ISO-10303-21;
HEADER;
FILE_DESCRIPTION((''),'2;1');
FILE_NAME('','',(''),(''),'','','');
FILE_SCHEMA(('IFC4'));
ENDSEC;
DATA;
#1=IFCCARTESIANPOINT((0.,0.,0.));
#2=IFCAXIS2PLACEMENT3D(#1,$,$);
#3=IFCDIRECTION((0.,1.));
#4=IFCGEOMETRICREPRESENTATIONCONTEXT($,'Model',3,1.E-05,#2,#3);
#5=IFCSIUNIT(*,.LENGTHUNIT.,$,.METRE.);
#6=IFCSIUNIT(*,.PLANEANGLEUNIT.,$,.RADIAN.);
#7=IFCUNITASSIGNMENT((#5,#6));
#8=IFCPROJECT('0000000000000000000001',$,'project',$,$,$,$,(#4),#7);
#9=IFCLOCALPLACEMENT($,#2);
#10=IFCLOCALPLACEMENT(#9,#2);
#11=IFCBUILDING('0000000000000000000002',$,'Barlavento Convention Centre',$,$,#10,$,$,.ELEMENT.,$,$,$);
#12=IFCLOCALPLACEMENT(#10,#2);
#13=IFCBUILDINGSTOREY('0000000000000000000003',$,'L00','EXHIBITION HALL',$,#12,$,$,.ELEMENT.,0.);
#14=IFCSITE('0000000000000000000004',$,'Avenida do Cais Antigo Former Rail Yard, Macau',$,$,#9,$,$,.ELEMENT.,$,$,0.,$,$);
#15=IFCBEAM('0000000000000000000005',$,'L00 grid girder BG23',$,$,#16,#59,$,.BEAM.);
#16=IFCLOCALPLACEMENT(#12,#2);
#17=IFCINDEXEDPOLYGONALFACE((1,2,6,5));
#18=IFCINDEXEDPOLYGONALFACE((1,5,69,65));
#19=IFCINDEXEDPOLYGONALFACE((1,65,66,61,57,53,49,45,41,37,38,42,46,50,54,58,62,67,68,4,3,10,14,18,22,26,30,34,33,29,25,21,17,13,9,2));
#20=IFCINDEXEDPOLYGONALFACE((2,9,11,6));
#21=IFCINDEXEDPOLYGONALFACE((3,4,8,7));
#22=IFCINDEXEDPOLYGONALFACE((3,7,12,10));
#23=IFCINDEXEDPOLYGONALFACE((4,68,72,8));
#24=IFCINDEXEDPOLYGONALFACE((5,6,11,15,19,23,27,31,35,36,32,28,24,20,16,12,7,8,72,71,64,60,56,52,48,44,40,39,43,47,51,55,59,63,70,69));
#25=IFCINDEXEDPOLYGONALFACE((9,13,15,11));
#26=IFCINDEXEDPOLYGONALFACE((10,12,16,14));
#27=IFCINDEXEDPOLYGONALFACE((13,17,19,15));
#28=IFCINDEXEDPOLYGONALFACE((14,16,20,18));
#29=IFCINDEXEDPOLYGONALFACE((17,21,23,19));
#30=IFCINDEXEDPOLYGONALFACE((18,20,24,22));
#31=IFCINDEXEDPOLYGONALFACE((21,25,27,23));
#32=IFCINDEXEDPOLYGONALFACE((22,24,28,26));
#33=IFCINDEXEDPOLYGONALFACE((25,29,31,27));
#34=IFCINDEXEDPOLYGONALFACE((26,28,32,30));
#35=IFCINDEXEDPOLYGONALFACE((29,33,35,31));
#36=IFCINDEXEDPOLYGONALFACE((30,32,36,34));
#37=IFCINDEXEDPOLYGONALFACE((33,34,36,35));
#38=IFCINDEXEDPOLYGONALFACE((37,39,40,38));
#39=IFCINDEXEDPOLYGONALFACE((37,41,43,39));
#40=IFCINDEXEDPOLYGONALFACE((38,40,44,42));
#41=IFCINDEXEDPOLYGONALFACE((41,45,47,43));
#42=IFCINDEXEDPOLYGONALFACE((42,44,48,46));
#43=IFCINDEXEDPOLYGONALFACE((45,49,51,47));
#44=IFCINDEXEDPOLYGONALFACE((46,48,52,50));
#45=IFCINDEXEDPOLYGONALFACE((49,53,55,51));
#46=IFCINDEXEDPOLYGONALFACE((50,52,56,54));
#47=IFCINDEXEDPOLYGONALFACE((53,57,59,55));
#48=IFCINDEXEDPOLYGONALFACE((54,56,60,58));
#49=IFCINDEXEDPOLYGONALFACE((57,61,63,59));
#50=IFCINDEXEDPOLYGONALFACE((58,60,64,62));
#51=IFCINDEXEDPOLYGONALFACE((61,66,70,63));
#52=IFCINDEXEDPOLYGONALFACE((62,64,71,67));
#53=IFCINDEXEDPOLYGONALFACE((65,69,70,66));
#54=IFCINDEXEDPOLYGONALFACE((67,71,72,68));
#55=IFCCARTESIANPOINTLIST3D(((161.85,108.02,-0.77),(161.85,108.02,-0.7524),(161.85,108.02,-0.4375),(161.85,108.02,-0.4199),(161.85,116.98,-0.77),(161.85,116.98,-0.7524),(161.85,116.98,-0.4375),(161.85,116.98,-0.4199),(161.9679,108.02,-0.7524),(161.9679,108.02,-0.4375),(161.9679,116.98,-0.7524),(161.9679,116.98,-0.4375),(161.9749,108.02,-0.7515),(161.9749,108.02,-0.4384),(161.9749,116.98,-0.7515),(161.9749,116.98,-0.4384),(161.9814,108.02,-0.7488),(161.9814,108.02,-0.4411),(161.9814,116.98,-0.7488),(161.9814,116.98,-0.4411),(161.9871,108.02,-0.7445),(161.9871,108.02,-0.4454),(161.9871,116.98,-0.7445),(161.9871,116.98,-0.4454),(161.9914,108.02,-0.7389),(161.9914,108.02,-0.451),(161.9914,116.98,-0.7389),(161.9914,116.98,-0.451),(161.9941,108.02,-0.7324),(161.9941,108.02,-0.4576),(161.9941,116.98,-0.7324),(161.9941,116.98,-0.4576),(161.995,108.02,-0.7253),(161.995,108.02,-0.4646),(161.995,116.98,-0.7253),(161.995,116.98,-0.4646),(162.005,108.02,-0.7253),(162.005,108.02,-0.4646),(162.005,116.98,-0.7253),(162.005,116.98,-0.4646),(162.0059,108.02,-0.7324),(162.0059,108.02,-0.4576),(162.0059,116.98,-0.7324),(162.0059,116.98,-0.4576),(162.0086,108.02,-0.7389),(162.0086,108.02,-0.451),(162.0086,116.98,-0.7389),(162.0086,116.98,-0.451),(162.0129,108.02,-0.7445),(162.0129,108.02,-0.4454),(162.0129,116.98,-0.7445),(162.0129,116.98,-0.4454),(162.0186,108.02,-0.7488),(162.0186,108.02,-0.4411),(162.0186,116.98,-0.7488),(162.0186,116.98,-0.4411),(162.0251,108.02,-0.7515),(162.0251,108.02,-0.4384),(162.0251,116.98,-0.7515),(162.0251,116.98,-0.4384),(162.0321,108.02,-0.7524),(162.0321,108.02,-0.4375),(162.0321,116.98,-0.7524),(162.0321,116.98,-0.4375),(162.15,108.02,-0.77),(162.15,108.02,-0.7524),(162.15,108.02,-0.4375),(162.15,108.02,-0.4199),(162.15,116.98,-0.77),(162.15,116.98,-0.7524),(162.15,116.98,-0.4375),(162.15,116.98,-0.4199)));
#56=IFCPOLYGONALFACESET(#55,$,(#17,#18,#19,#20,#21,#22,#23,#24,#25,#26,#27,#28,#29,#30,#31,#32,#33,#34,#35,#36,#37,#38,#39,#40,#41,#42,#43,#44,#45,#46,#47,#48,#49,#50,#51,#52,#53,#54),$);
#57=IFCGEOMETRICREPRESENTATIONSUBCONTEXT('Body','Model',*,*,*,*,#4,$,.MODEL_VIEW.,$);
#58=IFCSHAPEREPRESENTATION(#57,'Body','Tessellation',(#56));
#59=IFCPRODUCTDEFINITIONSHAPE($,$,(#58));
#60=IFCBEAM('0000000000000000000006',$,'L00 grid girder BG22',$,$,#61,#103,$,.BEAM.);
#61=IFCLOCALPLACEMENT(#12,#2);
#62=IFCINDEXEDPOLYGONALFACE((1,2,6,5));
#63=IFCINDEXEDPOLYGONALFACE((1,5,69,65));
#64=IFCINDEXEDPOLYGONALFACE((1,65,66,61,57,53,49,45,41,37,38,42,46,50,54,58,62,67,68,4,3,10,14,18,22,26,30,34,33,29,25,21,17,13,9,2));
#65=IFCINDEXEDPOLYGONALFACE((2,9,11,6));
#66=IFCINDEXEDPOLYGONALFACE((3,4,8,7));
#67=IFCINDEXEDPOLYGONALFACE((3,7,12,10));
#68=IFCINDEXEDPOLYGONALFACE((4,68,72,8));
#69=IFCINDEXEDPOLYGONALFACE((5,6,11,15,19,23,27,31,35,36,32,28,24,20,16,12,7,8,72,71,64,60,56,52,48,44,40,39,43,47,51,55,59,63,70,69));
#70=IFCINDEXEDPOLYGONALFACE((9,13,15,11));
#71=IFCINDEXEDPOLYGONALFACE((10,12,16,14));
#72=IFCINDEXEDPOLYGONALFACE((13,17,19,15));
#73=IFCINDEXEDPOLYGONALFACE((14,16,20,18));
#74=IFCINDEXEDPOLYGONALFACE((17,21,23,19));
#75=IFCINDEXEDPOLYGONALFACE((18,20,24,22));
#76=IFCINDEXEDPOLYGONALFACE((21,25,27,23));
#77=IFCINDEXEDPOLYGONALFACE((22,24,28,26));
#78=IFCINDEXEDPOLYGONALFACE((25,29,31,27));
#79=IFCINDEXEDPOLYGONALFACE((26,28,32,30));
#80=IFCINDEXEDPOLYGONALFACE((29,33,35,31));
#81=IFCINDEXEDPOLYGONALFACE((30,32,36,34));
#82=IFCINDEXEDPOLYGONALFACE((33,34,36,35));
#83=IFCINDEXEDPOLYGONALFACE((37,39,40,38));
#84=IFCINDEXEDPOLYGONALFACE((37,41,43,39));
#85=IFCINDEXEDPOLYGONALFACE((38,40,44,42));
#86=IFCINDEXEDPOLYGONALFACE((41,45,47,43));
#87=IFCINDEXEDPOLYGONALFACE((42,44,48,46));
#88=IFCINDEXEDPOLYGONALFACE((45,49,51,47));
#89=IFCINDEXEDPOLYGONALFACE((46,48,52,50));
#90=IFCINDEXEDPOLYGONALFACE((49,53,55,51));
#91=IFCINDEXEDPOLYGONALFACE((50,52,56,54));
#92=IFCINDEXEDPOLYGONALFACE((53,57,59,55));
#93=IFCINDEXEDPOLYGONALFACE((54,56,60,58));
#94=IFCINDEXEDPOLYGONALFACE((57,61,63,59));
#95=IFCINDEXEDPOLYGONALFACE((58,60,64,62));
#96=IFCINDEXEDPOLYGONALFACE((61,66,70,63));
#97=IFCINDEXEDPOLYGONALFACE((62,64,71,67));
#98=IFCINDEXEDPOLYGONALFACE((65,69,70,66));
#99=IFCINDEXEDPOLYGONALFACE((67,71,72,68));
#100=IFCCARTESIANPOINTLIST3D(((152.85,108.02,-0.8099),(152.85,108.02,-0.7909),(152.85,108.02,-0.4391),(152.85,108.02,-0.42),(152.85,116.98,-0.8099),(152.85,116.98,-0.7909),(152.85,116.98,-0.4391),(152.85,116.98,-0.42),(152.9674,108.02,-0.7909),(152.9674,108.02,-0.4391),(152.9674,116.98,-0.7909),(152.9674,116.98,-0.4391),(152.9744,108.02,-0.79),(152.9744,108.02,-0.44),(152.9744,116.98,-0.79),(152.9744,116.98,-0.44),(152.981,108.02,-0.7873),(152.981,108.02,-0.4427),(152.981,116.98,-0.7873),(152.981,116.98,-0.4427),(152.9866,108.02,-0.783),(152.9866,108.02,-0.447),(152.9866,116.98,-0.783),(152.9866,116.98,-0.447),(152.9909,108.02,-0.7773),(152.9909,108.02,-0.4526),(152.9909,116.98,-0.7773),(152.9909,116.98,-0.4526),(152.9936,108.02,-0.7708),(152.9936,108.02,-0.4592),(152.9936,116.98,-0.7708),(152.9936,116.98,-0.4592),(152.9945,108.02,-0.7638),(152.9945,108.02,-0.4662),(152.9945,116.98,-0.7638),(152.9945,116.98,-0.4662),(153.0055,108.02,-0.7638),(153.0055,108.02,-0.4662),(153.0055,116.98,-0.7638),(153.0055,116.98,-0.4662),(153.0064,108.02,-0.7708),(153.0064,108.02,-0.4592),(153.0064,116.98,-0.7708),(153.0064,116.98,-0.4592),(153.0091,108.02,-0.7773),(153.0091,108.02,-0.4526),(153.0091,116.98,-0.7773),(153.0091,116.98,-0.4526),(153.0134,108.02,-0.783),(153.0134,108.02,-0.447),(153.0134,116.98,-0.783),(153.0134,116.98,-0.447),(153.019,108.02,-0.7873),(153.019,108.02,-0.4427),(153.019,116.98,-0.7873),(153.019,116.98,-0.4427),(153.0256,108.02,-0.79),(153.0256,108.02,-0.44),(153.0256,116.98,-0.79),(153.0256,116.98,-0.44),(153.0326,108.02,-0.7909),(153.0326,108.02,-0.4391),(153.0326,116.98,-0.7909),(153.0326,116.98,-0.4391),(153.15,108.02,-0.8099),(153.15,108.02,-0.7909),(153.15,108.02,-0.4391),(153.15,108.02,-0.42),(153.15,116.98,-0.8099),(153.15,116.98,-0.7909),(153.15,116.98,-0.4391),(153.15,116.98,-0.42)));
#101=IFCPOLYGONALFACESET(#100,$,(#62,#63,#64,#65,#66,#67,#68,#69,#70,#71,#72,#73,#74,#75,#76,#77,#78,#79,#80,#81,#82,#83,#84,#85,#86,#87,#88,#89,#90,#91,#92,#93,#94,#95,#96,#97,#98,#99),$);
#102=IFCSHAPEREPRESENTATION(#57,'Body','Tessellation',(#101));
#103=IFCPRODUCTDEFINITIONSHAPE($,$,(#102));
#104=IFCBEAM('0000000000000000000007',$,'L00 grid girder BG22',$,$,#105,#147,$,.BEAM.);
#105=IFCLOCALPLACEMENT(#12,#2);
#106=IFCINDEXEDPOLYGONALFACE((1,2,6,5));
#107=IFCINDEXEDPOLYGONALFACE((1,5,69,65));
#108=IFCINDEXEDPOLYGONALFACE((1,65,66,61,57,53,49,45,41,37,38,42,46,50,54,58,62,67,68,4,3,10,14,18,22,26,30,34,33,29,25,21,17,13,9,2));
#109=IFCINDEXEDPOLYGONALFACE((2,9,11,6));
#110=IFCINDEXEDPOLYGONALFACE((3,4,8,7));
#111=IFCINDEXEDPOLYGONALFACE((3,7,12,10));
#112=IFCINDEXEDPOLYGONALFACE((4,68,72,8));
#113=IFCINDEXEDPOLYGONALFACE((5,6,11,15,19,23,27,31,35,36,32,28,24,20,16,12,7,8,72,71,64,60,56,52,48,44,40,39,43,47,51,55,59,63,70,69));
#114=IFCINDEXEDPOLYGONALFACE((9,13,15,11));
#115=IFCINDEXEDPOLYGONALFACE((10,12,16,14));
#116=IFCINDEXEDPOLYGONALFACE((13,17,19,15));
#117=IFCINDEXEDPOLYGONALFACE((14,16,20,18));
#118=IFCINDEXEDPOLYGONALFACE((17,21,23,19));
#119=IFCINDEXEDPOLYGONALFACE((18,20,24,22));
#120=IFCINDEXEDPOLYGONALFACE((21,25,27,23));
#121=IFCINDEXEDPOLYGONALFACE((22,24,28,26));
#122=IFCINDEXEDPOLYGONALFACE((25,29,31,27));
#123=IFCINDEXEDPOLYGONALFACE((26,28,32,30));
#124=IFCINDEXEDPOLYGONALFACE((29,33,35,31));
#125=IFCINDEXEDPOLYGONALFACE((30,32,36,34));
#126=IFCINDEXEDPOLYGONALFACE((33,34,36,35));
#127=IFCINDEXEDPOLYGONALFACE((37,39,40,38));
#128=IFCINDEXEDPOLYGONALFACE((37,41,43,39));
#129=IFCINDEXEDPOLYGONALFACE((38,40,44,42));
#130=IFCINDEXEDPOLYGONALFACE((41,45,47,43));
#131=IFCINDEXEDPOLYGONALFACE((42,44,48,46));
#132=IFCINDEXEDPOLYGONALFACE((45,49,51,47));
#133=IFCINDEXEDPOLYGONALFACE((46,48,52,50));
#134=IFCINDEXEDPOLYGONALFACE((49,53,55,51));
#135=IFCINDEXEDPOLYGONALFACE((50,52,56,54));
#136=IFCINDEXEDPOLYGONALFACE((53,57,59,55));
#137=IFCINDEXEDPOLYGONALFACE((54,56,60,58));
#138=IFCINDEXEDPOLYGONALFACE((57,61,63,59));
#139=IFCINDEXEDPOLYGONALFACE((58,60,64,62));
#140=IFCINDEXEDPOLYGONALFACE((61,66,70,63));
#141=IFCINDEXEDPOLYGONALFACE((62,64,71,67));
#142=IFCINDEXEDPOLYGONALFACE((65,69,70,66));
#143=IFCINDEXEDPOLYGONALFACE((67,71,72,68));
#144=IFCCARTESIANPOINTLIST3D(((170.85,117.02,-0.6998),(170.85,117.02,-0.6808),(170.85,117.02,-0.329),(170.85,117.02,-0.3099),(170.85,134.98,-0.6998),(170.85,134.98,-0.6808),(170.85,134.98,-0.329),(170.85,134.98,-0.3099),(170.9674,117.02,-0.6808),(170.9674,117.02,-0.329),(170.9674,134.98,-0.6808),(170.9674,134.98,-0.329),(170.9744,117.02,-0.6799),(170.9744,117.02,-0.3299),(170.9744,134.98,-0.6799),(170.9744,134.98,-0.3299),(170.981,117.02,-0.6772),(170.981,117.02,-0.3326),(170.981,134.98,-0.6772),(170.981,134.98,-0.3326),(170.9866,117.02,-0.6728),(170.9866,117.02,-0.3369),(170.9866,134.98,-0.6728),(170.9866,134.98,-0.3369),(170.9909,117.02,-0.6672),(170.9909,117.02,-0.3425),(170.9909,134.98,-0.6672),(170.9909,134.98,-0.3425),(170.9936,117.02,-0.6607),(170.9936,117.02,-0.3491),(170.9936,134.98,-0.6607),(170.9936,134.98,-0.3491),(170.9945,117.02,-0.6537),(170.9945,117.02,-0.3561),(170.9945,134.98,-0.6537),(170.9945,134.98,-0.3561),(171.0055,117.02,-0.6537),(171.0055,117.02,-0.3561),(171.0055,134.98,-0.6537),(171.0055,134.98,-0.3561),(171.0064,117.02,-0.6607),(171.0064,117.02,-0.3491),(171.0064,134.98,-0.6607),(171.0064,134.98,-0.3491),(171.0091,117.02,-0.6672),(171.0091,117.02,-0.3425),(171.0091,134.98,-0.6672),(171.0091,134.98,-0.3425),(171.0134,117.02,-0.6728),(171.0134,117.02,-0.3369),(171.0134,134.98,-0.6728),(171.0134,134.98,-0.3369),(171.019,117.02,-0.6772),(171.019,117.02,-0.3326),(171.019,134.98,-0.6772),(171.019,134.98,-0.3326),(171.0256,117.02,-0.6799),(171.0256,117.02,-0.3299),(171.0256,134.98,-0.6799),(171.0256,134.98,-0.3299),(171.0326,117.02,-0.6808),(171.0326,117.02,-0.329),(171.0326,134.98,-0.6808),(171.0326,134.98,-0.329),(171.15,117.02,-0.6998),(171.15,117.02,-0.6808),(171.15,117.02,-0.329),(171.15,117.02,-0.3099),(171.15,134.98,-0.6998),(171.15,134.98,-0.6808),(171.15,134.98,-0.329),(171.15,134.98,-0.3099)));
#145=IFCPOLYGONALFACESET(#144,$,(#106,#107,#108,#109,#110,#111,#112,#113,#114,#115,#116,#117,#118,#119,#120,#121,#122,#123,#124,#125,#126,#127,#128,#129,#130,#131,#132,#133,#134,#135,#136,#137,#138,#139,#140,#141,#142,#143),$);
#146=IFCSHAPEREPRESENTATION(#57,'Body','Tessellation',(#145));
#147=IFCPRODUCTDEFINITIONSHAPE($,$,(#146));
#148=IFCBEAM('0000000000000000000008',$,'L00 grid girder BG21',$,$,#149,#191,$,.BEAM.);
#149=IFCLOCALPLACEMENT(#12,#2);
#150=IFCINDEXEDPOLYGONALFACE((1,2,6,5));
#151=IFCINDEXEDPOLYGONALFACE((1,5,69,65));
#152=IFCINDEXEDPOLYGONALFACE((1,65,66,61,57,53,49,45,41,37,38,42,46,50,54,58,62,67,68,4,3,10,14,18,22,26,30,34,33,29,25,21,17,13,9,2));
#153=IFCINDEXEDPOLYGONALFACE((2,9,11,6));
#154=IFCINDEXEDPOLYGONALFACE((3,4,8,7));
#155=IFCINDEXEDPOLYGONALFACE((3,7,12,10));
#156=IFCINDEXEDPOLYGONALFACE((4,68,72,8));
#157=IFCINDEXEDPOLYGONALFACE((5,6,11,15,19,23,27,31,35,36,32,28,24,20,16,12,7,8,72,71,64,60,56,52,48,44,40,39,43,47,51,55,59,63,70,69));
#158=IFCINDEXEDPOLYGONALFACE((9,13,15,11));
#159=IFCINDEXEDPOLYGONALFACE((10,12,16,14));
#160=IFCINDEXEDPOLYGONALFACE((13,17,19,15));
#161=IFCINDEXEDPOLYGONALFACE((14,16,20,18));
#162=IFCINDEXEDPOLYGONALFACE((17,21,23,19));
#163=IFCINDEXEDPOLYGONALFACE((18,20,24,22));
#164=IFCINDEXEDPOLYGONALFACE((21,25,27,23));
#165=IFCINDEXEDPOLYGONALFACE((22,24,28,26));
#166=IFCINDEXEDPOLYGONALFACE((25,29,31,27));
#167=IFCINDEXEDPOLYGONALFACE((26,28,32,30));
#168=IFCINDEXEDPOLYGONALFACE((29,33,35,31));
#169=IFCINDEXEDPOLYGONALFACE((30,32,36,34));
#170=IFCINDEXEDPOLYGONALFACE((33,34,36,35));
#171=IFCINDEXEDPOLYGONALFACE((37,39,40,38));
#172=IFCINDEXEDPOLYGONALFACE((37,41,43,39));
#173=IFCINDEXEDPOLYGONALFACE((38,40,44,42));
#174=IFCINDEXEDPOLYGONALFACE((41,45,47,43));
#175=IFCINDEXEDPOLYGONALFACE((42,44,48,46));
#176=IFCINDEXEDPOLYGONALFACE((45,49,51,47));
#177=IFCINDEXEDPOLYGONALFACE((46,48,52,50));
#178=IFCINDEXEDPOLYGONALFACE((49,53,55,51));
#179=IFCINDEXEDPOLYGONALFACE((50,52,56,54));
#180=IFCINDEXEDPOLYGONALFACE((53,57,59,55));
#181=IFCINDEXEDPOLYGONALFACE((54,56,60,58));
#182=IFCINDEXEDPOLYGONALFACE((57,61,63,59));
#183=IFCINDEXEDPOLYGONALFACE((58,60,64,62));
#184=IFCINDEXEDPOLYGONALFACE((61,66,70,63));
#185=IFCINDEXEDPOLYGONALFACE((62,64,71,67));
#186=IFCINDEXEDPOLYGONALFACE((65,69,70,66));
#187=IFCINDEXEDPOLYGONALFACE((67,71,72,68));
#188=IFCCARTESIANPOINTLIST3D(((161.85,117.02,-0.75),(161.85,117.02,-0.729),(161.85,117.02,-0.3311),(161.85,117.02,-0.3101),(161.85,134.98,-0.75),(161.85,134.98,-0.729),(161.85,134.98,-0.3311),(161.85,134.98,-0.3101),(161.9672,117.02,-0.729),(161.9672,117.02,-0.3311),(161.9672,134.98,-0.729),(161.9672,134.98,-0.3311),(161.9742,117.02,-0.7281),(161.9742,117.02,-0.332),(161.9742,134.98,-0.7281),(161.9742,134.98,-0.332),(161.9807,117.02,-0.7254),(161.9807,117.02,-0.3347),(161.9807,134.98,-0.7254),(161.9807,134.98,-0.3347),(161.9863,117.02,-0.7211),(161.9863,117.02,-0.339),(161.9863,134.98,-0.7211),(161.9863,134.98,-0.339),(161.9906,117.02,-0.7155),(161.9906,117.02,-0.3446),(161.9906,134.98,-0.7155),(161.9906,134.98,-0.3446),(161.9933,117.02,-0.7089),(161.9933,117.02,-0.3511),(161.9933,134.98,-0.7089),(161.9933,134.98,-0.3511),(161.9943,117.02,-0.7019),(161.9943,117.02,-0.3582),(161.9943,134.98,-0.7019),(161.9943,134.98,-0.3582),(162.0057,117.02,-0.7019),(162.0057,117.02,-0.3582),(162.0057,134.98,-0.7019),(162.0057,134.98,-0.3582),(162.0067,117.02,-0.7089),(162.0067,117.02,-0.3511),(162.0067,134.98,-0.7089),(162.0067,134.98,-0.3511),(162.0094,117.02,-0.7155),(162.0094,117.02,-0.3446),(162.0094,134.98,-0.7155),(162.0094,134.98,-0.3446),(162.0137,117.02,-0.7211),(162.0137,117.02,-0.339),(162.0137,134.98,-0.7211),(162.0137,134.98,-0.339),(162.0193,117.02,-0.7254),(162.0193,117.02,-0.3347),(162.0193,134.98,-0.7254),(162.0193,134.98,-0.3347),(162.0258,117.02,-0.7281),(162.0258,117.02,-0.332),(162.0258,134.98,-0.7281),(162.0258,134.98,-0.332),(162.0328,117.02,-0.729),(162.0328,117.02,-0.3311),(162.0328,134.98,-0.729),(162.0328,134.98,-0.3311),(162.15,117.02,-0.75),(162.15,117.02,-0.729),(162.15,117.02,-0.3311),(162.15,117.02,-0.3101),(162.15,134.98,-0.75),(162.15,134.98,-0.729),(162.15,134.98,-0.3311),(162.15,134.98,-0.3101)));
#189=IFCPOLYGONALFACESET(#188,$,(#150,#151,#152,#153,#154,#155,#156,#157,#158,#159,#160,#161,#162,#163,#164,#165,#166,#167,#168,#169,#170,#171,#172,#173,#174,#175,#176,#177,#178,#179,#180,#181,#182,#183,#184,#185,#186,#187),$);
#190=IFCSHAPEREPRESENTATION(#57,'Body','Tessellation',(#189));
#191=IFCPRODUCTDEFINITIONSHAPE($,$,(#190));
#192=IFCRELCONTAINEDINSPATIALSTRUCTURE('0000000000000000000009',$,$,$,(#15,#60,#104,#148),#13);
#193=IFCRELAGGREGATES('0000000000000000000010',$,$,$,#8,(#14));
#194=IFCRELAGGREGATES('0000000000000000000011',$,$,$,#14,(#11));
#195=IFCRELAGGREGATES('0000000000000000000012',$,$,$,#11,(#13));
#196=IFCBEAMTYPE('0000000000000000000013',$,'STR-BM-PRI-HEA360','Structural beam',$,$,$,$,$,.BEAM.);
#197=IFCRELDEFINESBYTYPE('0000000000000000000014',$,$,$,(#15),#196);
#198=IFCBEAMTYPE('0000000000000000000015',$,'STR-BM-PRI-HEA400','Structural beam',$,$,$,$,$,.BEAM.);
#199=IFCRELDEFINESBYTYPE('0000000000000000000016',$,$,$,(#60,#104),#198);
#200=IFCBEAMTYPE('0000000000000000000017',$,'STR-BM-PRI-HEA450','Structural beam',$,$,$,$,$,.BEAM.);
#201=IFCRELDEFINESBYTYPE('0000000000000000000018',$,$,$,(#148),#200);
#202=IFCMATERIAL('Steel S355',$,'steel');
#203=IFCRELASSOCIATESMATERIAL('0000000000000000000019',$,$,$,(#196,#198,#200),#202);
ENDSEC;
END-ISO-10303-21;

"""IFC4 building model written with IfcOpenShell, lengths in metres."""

from ifc_helpers import new_model, si_unit, direction, frame, origin, origin_2d, place, context, subcontext, project, spatial, i_section, extrude, material, material_profile, profile_set, type_object, element, save


model = new_model("IFC4")

# Units and contexts
model_context = context("Model", 3, precision=1e-05, world=origin(), true_north=direction((0.0, 1.0)))
body_context = subcontext(model_context, "Body", "Model", "MODEL_VIEW")
ifc_project = project(units=[si_unit("LENGTHUNIT", "METRE"), si_unit("PLANEANGLEUNIT", "RADIAN")], contexts=[model_context])

# Site, building, storey
site_placement = place(None, origin())
site = spatial("IfcSite", under=ifc_project, at=site_placement, Name="Avenida do Cais Antigo Former Rail Yard, Macau", CompositionType="ELEMENT", RefElevation=0.0)
building_placement = place(site_placement, origin())
building = spatial("IfcBuilding", under=site, at=building_placement, Name="Barlavento Convention Centre", CompositionType="ELEMENT")
storey_placement = place(building_placement, origin())
storey = spatial("IfcBuildingStorey", under=building, at=storey_placement, Name="L00", Description="EXHIBITION HALL", CompositionType="ELEMENT", Elevation=0.0)

# Beams
ifc_material_1 = material(Name="Steel S355", Category="steel")
ifc_material_profile_1 = material_profile(ifc_material_1, i_section(OverallWidth=0.3, OverallDepth=0.3501, WebThickness=0.01, FlangeThickness=0.0176, FilletRadius=0.0271, at=origin_2d()), Name="HEA 360")
ifc_profile_set_1 = profile_set([ifc_material_profile_1], Name="Steel S355")
beam_type_1 = type_object("IfcBeamType", Name="STR-BM-PRI-HEA360", Description="Structural beam", PredefinedType="BEAM", material=ifc_profile_set_1)
beam_1_placement = place(storey_placement, frame((162.0, 108.02, -0.595), z_axis=(0.0, 1.0, 0.0), x_axis=(-1.0, 0.0, 0.0)))
element("IfcBeam", 1, at=beam_1_placement, inside=storey, type_object=beam_type_1, Name="L00 grid girder BG23", PredefinedType="BEAM", context=body_context, shape_type="SweptSolid", body=[
    extrude(i_section(OverallWidth=0.3, OverallDepth=0.3501, WebThickness=0.01, FlangeThickness=0.0176, FilletRadius=0.0271, at=origin_2d()), origin(), (0.0, 0.0, 1.0), 8.96),
])
ifc_material_profile_2 = material_profile(ifc_material_1, i_section(OverallWidth=0.3, OverallDepth=0.3899, WebThickness=0.011, FlangeThickness=0.019, FilletRadius=0.0271, at=origin_2d()), Name="HEA 400")
ifc_profile_set_2 = profile_set([ifc_material_profile_2], Name="Steel S355")
beam_type_2 = type_object("IfcBeamType", Name="STR-BM-PRI-HEA400", Description="Structural beam", PredefinedType="BEAM", material=ifc_profile_set_2)
beam_2_placement = place(storey_placement, frame((153.0, 108.02, -0.615), z_axis=(0.0, 1.0, 0.0), x_axis=(-1.0, 0.0, 0.0)))
element("IfcBeam", 2, at=beam_2_placement, inside=storey, type_object=beam_type_2, Name="L00 grid girder BG22", PredefinedType="BEAM", context=body_context, shape_type="SweptSolid", body=[
    extrude(i_section(OverallWidth=0.3, OverallDepth=0.3899, WebThickness=0.011, FlangeThickness=0.019, FilletRadius=0.0271, at=origin_2d()), origin(), (0.0, 0.0, 1.0), 8.96),
])
beam_3_placement = place(storey_placement, frame((171.0, 117.02, -0.5049), z_axis=(0.0, 1.0, 0.0), x_axis=(-1.0, 0.0, 0.0)))
element("IfcBeam", 3, at=beam_3_placement, inside=storey, type_object=beam_type_2, Name="L00 grid girder BG22", PredefinedType="BEAM", context=body_context, shape_type="SweptSolid", body=[
    extrude(i_section(OverallWidth=0.3, OverallDepth=0.3899, WebThickness=0.011, FlangeThickness=0.019, FilletRadius=0.0271, at=origin_2d()), origin(), (0.0, 0.0, 1.0), 17.96),
])
ifc_material_profile_3 = material_profile(ifc_material_1, i_section(OverallWidth=0.3, OverallDepth=0.4399, WebThickness=0.0115, FlangeThickness=0.021, FilletRadius=0.0271, at=origin_2d()), Name="HEA 450")
ifc_profile_set_3 = profile_set([ifc_material_profile_3], Name="Steel S355")
beam_type_3 = type_object("IfcBeamType", Name="STR-BM-PRI-HEA450", Description="Structural beam", PredefinedType="BEAM", material=ifc_profile_set_3)
beam_4_placement = place(storey_placement, frame((162.0, 117.02, -0.53), z_axis=(0.0, 1.0, 0.0), x_axis=(-1.0, 0.0, 0.0)))
element("IfcBeam", 4, at=beam_4_placement, inside=storey, type_object=beam_type_3, Name="L00 grid girder BG21", PredefinedType="BEAM", context=body_context, shape_type="SweptSolid", body=[
    extrude(i_section(OverallWidth=0.3, OverallDepth=0.4399, WebThickness=0.0115, FlangeThickness=0.021, FilletRadius=0.0271, at=origin_2d()), origin(), (0.0, 0.0, 1.0), 17.96),
])

save(model, "model.ifc")
